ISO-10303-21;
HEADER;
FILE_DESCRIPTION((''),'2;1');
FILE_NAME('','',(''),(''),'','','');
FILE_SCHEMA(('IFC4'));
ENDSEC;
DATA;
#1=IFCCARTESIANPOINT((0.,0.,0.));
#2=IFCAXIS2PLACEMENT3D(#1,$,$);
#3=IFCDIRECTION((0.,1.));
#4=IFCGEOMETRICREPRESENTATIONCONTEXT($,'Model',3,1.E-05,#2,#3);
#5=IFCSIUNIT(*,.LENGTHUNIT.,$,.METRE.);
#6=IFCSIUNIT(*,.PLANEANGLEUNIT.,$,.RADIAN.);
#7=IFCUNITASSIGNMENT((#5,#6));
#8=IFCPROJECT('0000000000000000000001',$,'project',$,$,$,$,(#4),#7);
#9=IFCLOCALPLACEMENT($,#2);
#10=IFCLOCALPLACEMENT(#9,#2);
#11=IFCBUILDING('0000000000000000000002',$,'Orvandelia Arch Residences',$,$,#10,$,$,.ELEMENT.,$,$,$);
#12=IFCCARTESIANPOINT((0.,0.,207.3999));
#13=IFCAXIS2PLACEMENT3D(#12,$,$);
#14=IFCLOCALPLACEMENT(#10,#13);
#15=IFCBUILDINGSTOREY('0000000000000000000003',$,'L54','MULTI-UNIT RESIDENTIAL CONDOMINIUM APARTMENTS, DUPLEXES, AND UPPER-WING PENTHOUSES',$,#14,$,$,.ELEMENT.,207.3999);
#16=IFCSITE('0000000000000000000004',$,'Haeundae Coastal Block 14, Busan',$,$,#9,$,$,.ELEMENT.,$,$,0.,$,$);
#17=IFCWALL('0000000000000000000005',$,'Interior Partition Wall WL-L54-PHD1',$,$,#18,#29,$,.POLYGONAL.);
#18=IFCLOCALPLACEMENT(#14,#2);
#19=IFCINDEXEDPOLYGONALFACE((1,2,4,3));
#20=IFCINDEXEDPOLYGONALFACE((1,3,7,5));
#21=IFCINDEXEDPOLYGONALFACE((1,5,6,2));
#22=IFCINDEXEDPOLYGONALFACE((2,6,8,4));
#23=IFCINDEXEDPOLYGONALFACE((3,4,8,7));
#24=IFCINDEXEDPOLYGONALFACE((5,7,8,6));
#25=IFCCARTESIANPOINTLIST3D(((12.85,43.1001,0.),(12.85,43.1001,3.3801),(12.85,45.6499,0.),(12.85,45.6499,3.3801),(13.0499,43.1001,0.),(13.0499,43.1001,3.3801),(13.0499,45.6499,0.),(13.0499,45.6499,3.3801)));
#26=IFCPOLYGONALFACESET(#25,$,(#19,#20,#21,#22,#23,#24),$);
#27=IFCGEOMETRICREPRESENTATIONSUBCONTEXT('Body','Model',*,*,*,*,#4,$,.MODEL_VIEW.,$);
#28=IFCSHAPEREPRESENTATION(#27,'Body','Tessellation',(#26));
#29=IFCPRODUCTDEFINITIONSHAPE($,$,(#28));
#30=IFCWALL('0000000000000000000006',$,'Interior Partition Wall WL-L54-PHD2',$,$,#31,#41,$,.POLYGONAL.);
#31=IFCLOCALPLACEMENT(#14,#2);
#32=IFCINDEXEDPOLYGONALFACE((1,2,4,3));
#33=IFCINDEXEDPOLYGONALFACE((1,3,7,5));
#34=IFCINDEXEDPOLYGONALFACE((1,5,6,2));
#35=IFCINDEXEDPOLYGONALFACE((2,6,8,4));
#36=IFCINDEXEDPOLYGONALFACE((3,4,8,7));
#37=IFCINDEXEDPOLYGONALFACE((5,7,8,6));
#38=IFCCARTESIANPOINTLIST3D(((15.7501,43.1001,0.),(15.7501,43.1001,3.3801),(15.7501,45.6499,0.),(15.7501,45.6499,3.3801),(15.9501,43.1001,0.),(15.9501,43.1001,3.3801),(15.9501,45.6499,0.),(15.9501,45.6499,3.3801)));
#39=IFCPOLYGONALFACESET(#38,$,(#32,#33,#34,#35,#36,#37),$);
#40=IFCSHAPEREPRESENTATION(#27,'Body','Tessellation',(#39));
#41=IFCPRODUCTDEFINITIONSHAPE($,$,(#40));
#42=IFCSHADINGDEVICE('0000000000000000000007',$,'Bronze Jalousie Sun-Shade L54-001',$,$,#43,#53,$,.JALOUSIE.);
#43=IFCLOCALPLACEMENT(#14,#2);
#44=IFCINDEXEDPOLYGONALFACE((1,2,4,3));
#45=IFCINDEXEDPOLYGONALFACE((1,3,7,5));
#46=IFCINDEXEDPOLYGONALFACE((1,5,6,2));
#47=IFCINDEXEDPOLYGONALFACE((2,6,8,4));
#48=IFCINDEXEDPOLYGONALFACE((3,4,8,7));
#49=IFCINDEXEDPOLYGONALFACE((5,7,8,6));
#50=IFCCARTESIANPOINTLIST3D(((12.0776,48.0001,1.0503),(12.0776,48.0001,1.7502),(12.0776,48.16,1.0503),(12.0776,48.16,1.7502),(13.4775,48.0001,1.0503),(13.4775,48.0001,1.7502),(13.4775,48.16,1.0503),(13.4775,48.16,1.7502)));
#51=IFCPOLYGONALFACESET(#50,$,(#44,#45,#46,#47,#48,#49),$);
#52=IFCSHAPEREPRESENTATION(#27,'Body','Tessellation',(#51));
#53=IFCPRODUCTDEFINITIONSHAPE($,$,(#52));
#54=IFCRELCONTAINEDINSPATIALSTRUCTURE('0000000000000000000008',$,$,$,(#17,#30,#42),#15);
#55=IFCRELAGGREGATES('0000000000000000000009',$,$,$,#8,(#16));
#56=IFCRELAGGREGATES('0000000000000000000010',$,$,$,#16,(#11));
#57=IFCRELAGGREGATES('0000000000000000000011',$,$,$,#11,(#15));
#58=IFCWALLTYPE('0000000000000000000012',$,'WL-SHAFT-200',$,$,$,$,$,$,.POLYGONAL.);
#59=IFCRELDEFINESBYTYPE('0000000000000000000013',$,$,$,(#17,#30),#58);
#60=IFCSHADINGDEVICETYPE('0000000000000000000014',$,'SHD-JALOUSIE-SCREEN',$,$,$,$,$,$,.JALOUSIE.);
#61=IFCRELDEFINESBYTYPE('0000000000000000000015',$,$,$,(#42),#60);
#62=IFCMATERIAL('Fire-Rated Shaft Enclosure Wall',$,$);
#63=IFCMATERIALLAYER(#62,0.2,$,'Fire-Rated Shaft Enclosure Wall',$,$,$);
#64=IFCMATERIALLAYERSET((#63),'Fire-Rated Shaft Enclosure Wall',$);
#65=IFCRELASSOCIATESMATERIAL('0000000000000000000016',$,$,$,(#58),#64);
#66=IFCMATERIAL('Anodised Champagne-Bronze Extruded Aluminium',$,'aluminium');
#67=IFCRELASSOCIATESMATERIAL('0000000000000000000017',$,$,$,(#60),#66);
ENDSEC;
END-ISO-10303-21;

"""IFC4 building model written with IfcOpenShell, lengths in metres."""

from ifc_helpers import new_model, si_unit, direction, frame, frame_2d, origin, origin_2d, place, context, subcontext, project, spatial, rectangle, extrude, material, layer, layer_set, type_object, element, save


model = new_model("IFC4")

# Units and contexts
model_context = context("Model", 3, precision=1e-05, world=origin(), true_north=direction((0.0, 1.0)))
body_context = subcontext(model_context, "Body", "Model", "MODEL_VIEW")
ifc_project = project(units=[si_unit("LENGTHUNIT", "METRE"), si_unit("PLANEANGLEUNIT", "RADIAN")], contexts=[model_context])

# Site, building, storey
site_placement = place(None, origin())
site = spatial("IfcSite", under=ifc_project, at=site_placement, Name="Haeundae Coastal Block 14, Busan", CompositionType="ELEMENT", RefElevation=0.0)
building_placement = place(site_placement, origin())
building = spatial("IfcBuilding", under=site, at=building_placement, Name="Orvandelia Arch Residences", CompositionType="ELEMENT")
storey_placement = place(building_placement, frame((0.0, 0.0, 207.3999)))
storey = spatial("IfcBuildingStorey", under=building, at=storey_placement, Name="L54", Description="MULTI-UNIT RESIDENTIAL CONDOMINIUM APARTMENTS, DUPLEXES, AND UPPER-WING PENTHOUSES", CompositionType="ELEMENT", Elevation=207.3999)

# Shared definitions
ifc_material_1 = material(Name="Fire-Rated Shaft Enclosure Wall")
ifc_layer_1 = layer(ifc_material_1, 0.2, Name="Fire-Rated Shaft Enclosure Wall")
ifc_layer_set_1 = layer_set([ifc_layer_1], Name="Fire-Rated Shaft Enclosure Wall")
wall_type_1 = type_object("IfcWallType", Name="WL-SHAFT-200", PredefinedType="POLYGONAL", material=ifc_layer_set_1)

# Walls
for number, where, z_axis, x_axis, name in (
    (1, (12.95, 43.1001, 0.0), (0.0, 0.0, 1.0), (0.0, 1.0, 0.0), "Interior Partition Wall WL-L54-PHD1"),
    (2, (15.8501, 43.1001, 0.0), (0.0, 0.0, 1.0), (0.0, 1.0, 0.0), "Interior Partition Wall WL-L54-PHD2"),
):
    element("IfcWall", number, at=place(storey_placement, frame(where, z_axis=z_axis, x_axis=x_axis)), inside=storey, type_object=wall_type_1, Name=name, PredefinedType="POLYGONAL", context=body_context, shape_type="SweptSolid", body=[
        extrude(rectangle(XDim=2.5498, YDim=0.2, at=frame_2d((1.2749, 0.0))), origin(), (0.0, 0.0, 1.0), 3.3801),
    ])

# Shading device
ifc_material_2 = material(Name="Anodised Champagne-Bronze Extruded Aluminium", Category="aluminium")
shading_device_type = type_object("IfcShadingDeviceType", Name="SHD-JALOUSIE-SCREEN", PredefinedType="JALOUSIE", material=ifc_material_2)
shading_device_placement = place(storey_placement, frame((12.7776, 48.0801, 1.0503), z_axis=(0.0, 0.0, 1.0), x_axis=(1.0, 0.0, 0.0)))
element("IfcShadingDevice", 3, at=shading_device_placement, inside=storey, type_object=shading_device_type, Name="Bronze Jalousie Sun-Shade L54-001", PredefinedType="JALOUSIE", context=body_context, shape_type="SweptSolid", body=[
    extrude(rectangle(XDim=1.3999, YDim=0.1599, at=origin_2d()), origin(), (0.0, 0.0, 1.0), 0.7),
])

save(model, "model.ifc")
